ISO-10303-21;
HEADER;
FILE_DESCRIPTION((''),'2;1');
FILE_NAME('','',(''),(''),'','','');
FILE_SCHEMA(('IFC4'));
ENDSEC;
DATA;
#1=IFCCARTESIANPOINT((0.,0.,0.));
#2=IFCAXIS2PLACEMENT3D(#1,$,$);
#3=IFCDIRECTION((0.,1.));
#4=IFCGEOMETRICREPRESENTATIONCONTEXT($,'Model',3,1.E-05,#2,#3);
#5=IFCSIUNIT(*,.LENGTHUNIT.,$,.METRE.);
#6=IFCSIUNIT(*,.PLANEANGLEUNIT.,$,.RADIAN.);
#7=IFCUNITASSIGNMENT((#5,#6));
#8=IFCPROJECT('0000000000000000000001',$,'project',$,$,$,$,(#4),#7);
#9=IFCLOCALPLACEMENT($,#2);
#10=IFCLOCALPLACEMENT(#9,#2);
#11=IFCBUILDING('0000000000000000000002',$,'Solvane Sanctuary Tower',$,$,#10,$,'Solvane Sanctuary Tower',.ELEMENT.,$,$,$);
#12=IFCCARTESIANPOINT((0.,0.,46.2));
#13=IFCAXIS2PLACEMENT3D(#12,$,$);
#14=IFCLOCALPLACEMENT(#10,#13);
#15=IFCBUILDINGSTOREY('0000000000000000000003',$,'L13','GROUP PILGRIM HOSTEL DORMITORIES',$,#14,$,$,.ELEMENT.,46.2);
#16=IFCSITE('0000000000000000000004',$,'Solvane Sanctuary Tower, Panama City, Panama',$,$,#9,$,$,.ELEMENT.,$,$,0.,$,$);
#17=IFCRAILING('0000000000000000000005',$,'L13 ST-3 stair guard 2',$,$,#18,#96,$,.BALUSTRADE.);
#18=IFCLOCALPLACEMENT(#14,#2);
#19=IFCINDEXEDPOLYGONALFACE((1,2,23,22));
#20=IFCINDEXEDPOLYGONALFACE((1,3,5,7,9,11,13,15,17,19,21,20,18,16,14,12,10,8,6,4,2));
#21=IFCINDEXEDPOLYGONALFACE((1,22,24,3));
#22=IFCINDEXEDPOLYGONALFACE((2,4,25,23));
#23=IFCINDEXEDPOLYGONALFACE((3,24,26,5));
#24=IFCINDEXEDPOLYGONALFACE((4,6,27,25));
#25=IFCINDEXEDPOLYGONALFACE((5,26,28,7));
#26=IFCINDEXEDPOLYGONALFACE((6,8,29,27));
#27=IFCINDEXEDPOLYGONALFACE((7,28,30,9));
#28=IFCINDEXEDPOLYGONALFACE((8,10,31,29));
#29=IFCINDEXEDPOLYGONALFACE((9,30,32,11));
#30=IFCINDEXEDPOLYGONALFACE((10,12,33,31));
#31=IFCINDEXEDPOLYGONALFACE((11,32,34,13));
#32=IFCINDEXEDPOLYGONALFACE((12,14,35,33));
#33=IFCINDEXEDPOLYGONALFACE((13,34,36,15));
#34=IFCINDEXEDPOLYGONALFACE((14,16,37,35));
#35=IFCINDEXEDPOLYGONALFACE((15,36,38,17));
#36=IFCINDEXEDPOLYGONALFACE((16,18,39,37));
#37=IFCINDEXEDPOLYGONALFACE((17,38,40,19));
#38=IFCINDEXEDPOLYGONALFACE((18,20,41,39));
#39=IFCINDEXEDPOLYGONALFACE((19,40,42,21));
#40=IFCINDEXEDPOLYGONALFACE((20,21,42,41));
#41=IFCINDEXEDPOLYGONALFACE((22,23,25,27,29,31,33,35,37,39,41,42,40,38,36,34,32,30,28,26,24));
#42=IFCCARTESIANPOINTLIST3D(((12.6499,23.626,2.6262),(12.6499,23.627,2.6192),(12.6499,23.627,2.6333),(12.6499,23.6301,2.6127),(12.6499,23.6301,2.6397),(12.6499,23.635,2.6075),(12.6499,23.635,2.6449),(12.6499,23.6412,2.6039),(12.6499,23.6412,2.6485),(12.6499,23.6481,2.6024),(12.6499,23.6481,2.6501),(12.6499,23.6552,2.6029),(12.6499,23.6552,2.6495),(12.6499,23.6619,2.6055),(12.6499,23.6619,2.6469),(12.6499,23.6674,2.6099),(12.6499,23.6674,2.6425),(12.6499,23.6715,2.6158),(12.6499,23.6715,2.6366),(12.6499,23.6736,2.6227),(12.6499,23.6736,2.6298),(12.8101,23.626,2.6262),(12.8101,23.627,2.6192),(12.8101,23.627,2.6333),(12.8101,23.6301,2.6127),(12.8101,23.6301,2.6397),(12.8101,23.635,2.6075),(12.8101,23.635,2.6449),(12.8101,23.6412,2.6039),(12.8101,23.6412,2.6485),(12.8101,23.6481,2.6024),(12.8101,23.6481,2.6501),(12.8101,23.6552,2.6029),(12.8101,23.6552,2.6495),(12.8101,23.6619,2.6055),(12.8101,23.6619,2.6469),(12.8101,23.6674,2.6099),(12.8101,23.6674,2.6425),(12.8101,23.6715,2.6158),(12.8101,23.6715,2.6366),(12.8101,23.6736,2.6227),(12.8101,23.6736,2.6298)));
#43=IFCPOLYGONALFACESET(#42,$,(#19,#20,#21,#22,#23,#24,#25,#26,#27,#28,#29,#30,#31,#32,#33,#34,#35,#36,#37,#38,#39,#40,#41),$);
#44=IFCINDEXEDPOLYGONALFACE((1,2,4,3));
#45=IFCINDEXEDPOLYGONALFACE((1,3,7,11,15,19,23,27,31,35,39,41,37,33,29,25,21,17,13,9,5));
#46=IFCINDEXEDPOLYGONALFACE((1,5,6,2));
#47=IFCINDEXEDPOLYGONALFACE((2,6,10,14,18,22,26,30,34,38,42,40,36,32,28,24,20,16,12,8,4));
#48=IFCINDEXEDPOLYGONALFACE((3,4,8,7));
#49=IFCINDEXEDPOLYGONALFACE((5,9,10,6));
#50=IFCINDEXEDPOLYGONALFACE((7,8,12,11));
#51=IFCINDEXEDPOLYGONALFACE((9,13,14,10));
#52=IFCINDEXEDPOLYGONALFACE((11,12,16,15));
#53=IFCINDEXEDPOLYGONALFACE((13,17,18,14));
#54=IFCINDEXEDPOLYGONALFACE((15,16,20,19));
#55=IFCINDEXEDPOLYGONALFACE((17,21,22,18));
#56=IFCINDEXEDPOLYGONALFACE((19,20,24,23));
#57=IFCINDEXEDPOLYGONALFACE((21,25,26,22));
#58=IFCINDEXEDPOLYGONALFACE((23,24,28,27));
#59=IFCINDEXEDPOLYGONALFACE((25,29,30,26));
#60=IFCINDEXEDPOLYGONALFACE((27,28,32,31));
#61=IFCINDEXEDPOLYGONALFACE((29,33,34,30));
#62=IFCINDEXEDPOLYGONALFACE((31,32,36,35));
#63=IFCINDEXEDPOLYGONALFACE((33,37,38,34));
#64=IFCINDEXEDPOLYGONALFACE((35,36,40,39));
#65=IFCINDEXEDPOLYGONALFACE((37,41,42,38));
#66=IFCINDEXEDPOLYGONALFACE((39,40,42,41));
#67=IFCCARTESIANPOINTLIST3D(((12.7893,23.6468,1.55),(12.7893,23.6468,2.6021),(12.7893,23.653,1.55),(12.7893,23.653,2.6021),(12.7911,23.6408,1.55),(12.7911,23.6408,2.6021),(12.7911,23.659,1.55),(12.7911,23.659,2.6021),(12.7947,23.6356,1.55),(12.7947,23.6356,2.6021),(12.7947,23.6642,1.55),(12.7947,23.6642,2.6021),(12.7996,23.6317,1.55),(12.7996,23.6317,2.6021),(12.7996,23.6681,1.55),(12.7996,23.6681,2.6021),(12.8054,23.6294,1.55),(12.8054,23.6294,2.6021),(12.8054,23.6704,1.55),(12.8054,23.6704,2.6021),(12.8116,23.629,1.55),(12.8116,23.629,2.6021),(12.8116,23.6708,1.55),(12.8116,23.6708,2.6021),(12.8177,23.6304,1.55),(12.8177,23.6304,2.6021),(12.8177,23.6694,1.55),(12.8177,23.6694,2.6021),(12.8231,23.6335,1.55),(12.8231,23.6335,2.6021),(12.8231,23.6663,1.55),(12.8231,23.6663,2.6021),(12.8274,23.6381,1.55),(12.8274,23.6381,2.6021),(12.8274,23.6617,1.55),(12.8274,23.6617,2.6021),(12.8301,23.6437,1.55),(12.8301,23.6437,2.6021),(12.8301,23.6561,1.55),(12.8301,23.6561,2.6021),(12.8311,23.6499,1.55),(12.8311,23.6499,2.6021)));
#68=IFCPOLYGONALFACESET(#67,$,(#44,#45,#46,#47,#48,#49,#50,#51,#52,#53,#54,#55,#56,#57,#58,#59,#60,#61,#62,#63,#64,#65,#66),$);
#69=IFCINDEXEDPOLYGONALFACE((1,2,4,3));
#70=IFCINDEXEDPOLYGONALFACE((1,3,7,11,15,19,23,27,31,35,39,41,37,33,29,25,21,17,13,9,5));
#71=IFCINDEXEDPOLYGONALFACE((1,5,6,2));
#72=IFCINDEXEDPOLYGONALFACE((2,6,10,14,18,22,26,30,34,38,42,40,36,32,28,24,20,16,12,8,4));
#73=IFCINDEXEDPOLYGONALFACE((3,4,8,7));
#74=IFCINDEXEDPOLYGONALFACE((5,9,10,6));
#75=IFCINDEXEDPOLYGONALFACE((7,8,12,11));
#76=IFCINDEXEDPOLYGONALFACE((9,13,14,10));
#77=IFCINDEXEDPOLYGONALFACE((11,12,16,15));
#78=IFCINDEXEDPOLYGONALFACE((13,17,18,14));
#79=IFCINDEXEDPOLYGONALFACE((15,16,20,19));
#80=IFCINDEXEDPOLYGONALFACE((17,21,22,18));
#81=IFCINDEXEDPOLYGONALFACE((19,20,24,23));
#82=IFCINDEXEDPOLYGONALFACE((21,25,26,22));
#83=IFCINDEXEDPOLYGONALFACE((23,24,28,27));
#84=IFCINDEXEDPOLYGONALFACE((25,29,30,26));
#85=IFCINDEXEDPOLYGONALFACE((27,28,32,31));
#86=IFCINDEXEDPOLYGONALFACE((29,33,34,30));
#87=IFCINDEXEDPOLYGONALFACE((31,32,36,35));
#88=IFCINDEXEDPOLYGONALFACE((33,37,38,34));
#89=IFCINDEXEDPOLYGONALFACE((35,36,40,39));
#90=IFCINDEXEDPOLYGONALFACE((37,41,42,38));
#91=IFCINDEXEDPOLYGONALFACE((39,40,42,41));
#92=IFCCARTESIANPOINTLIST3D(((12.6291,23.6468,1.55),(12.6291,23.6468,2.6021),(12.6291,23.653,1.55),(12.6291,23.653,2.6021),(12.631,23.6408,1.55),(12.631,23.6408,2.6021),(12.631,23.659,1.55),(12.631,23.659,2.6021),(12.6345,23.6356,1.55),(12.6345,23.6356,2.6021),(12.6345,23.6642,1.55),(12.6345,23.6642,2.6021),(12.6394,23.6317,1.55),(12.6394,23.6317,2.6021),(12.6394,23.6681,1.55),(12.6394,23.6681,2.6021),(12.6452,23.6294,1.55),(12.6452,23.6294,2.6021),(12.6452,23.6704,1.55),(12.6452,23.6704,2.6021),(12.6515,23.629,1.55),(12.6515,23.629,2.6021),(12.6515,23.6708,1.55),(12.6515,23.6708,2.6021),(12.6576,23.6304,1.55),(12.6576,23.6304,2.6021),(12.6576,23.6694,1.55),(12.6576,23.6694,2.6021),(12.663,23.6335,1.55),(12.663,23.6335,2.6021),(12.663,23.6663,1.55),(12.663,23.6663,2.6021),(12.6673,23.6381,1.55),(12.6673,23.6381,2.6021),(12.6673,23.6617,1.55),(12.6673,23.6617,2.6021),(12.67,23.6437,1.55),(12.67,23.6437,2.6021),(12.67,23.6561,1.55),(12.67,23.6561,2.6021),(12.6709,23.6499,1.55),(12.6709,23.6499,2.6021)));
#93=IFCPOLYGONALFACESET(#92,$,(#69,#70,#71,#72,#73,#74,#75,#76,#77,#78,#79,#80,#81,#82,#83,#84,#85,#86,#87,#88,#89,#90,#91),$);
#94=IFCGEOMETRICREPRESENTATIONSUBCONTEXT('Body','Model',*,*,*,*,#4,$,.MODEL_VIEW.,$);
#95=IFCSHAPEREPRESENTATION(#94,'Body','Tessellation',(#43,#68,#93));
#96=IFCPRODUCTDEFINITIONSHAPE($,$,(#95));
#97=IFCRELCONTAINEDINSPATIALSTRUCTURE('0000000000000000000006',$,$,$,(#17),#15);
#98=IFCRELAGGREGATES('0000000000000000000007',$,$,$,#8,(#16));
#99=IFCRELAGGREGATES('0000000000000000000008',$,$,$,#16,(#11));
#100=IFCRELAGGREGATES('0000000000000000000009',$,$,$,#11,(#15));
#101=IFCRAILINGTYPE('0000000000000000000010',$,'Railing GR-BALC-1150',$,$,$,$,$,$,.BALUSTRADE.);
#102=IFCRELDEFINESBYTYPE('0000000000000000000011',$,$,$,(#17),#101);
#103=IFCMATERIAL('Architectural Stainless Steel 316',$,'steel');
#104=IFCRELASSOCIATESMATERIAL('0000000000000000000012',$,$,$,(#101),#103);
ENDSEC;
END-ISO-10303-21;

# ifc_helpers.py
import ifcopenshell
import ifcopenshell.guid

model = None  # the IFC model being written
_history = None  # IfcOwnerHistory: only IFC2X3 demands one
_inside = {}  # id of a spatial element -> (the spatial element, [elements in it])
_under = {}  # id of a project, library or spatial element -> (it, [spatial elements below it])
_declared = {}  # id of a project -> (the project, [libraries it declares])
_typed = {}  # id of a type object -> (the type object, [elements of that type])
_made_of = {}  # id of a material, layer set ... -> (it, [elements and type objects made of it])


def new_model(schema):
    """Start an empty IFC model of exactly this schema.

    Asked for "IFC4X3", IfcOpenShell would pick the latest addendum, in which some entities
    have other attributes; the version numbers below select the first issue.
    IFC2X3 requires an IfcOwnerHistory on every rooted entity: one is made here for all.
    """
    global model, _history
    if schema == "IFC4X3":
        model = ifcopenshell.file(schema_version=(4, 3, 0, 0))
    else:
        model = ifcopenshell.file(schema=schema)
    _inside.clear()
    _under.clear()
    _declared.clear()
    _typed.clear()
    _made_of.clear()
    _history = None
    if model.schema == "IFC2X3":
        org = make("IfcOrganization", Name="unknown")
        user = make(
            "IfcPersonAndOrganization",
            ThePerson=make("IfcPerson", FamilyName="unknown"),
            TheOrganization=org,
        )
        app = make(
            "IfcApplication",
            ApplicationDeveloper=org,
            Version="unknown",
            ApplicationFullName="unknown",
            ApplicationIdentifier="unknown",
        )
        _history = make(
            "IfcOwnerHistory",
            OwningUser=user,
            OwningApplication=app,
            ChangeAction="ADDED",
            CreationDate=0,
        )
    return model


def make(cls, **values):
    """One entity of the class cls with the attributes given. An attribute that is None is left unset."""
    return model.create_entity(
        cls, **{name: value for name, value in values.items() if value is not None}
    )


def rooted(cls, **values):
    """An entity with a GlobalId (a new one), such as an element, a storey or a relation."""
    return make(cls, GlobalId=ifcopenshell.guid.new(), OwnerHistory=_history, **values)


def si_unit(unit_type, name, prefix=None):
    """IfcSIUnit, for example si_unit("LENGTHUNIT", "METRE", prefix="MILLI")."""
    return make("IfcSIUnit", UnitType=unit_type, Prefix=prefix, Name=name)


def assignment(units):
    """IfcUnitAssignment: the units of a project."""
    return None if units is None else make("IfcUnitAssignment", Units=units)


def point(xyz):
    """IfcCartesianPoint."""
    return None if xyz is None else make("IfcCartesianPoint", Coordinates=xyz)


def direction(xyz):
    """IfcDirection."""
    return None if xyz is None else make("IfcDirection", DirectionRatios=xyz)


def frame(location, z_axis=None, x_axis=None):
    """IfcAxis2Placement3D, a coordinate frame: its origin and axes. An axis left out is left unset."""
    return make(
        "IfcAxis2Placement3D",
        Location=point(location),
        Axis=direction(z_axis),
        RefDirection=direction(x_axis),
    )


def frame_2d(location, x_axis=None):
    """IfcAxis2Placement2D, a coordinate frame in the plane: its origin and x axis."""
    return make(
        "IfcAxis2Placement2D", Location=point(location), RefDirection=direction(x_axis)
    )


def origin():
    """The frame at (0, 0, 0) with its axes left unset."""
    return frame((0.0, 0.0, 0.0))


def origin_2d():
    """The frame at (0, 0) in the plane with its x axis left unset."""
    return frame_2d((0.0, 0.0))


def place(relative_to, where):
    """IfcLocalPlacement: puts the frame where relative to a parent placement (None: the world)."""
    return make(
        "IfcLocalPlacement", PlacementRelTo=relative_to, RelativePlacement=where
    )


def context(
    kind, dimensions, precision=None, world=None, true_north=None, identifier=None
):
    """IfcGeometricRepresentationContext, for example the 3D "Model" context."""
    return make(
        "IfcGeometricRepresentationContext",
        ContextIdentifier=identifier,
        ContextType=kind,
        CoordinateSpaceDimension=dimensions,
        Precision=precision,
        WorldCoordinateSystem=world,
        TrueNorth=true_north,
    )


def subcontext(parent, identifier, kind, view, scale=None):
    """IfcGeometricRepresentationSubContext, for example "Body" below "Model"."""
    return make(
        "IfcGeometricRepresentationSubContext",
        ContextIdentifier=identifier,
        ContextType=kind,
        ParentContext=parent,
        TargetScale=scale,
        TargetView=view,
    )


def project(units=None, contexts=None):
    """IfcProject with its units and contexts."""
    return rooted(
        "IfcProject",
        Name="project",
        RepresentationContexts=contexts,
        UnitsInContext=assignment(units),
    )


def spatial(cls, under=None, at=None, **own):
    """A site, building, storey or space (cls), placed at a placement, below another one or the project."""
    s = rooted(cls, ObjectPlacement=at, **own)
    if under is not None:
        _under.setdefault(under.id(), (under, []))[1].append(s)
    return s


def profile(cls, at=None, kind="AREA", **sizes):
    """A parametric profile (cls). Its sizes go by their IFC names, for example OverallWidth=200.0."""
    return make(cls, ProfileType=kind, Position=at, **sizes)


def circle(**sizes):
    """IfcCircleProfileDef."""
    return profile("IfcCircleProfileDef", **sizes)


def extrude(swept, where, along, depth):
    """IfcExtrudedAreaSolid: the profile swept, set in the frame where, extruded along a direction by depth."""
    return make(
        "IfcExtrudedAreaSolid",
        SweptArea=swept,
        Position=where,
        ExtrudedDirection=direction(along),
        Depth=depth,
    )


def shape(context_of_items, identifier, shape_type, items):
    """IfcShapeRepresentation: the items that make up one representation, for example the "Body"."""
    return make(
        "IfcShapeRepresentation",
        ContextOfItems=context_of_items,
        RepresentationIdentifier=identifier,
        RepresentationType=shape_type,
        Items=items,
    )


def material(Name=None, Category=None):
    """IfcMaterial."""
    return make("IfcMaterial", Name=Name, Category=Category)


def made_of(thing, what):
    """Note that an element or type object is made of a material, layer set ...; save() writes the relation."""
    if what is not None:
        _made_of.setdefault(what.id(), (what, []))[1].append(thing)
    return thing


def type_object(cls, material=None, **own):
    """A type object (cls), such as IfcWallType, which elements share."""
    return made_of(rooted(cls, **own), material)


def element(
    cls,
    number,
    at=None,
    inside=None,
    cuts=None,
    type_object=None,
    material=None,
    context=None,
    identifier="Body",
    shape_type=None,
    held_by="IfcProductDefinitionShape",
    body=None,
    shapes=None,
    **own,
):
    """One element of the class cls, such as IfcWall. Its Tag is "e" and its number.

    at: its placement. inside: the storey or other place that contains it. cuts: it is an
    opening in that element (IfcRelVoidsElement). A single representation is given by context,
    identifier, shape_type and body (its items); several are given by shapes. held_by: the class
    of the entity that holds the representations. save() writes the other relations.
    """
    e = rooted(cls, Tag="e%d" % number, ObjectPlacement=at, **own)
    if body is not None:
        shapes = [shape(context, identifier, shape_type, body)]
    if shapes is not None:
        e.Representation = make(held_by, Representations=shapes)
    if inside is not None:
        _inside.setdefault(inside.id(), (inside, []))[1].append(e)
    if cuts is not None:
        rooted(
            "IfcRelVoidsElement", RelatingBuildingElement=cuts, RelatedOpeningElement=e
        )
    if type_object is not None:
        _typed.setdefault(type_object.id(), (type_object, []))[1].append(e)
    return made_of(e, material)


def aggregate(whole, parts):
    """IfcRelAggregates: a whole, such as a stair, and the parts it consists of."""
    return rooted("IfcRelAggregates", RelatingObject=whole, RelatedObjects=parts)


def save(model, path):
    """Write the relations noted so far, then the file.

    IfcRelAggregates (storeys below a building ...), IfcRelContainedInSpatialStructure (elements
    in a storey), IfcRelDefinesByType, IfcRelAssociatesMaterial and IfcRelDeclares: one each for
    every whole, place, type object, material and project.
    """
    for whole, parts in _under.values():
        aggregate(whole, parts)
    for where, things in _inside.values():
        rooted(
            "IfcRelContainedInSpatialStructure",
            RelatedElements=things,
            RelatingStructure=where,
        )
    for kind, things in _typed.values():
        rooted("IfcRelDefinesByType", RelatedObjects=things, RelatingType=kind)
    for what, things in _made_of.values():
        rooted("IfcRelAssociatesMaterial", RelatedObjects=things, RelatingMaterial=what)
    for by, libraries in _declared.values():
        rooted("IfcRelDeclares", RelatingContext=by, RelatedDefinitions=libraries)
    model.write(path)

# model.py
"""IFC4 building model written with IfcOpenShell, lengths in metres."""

from ifc_helpers import new_model, si_unit, direction, frame, origin, origin_2d, place, context, subcontext, project, spatial, circle, extrude, material, type_object, element, save


model = new_model("IFC4")

# Units and contexts
model_context = context("Model", 3, precision=1e-05, world=origin(), true_north=direction((0.0, 1.0)))
body_context = subcontext(model_context, "Body", "Model", "MODEL_VIEW")
ifc_project = project(units=[si_unit("LENGTHUNIT", "METRE"), si_unit("PLANEANGLEUNIT", "RADIAN")], contexts=[model_context])

# Site, building, storey
site_placement = place(None, origin())
site = spatial("IfcSite", under=ifc_project, at=site_placement, Name="Solvane Sanctuary Tower, Panama City, Panama", CompositionType="ELEMENT", RefElevation=0.0)
building_placement = place(site_placement, origin())
building = spatial("IfcBuilding", under=site, at=building_placement, Name="Solvane Sanctuary Tower", LongName="Solvane Sanctuary Tower", CompositionType="ELEMENT")
storey_placement = place(building_placement, frame((0.0, 0.0, 46.2)))
storey = spatial("IfcBuildingStorey", under=building, at=storey_placement, Name="L13", Description="GROUP PILGRIM HOSTEL DORMITORIES", CompositionType="ELEMENT", Elevation=46.2)

# Shared definitions
ifc_material_1 = material(Name="Architectural Stainless Steel 316", Category="steel")

# Railing
railing_type_1 = type_object("IfcRailingType", Name="Railing GR-BALC-1150", PredefinedType="BALUSTRADE", material=ifc_material_1)
railing_1_placement = place(storey_placement, frame((12.8101, 23.6499, 1.55)))
element("IfcRailing", 1, at=railing_1_placement, inside=storey, type_object=railing_type_1, Name="L13 ST-3 stair guard 2", PredefinedType="BALUSTRADE", context=body_context, shape_type="SweptSolid", body=[
    extrude(circle(Radius=0.0239, at=origin_2d()), frame((0.0, 0.0, 1.0762), z_axis=(-1.0, 0.0, 0.0), x_axis=(0.0, -1.0, 0.0)), (0.0, 0.0, 1.0), 0.1602),
    extrude(circle(Radius=0.021, at=origin_2d()), origin(), (0.0, 0.0, 1.0), 1.052),
    extrude(circle(Radius=0.021, at=origin_2d()), frame((-0.1602, 0.0, 0.0)), (0.0, 0.0, 1.0), 1.052),
])

save(model, "model.ifc")
